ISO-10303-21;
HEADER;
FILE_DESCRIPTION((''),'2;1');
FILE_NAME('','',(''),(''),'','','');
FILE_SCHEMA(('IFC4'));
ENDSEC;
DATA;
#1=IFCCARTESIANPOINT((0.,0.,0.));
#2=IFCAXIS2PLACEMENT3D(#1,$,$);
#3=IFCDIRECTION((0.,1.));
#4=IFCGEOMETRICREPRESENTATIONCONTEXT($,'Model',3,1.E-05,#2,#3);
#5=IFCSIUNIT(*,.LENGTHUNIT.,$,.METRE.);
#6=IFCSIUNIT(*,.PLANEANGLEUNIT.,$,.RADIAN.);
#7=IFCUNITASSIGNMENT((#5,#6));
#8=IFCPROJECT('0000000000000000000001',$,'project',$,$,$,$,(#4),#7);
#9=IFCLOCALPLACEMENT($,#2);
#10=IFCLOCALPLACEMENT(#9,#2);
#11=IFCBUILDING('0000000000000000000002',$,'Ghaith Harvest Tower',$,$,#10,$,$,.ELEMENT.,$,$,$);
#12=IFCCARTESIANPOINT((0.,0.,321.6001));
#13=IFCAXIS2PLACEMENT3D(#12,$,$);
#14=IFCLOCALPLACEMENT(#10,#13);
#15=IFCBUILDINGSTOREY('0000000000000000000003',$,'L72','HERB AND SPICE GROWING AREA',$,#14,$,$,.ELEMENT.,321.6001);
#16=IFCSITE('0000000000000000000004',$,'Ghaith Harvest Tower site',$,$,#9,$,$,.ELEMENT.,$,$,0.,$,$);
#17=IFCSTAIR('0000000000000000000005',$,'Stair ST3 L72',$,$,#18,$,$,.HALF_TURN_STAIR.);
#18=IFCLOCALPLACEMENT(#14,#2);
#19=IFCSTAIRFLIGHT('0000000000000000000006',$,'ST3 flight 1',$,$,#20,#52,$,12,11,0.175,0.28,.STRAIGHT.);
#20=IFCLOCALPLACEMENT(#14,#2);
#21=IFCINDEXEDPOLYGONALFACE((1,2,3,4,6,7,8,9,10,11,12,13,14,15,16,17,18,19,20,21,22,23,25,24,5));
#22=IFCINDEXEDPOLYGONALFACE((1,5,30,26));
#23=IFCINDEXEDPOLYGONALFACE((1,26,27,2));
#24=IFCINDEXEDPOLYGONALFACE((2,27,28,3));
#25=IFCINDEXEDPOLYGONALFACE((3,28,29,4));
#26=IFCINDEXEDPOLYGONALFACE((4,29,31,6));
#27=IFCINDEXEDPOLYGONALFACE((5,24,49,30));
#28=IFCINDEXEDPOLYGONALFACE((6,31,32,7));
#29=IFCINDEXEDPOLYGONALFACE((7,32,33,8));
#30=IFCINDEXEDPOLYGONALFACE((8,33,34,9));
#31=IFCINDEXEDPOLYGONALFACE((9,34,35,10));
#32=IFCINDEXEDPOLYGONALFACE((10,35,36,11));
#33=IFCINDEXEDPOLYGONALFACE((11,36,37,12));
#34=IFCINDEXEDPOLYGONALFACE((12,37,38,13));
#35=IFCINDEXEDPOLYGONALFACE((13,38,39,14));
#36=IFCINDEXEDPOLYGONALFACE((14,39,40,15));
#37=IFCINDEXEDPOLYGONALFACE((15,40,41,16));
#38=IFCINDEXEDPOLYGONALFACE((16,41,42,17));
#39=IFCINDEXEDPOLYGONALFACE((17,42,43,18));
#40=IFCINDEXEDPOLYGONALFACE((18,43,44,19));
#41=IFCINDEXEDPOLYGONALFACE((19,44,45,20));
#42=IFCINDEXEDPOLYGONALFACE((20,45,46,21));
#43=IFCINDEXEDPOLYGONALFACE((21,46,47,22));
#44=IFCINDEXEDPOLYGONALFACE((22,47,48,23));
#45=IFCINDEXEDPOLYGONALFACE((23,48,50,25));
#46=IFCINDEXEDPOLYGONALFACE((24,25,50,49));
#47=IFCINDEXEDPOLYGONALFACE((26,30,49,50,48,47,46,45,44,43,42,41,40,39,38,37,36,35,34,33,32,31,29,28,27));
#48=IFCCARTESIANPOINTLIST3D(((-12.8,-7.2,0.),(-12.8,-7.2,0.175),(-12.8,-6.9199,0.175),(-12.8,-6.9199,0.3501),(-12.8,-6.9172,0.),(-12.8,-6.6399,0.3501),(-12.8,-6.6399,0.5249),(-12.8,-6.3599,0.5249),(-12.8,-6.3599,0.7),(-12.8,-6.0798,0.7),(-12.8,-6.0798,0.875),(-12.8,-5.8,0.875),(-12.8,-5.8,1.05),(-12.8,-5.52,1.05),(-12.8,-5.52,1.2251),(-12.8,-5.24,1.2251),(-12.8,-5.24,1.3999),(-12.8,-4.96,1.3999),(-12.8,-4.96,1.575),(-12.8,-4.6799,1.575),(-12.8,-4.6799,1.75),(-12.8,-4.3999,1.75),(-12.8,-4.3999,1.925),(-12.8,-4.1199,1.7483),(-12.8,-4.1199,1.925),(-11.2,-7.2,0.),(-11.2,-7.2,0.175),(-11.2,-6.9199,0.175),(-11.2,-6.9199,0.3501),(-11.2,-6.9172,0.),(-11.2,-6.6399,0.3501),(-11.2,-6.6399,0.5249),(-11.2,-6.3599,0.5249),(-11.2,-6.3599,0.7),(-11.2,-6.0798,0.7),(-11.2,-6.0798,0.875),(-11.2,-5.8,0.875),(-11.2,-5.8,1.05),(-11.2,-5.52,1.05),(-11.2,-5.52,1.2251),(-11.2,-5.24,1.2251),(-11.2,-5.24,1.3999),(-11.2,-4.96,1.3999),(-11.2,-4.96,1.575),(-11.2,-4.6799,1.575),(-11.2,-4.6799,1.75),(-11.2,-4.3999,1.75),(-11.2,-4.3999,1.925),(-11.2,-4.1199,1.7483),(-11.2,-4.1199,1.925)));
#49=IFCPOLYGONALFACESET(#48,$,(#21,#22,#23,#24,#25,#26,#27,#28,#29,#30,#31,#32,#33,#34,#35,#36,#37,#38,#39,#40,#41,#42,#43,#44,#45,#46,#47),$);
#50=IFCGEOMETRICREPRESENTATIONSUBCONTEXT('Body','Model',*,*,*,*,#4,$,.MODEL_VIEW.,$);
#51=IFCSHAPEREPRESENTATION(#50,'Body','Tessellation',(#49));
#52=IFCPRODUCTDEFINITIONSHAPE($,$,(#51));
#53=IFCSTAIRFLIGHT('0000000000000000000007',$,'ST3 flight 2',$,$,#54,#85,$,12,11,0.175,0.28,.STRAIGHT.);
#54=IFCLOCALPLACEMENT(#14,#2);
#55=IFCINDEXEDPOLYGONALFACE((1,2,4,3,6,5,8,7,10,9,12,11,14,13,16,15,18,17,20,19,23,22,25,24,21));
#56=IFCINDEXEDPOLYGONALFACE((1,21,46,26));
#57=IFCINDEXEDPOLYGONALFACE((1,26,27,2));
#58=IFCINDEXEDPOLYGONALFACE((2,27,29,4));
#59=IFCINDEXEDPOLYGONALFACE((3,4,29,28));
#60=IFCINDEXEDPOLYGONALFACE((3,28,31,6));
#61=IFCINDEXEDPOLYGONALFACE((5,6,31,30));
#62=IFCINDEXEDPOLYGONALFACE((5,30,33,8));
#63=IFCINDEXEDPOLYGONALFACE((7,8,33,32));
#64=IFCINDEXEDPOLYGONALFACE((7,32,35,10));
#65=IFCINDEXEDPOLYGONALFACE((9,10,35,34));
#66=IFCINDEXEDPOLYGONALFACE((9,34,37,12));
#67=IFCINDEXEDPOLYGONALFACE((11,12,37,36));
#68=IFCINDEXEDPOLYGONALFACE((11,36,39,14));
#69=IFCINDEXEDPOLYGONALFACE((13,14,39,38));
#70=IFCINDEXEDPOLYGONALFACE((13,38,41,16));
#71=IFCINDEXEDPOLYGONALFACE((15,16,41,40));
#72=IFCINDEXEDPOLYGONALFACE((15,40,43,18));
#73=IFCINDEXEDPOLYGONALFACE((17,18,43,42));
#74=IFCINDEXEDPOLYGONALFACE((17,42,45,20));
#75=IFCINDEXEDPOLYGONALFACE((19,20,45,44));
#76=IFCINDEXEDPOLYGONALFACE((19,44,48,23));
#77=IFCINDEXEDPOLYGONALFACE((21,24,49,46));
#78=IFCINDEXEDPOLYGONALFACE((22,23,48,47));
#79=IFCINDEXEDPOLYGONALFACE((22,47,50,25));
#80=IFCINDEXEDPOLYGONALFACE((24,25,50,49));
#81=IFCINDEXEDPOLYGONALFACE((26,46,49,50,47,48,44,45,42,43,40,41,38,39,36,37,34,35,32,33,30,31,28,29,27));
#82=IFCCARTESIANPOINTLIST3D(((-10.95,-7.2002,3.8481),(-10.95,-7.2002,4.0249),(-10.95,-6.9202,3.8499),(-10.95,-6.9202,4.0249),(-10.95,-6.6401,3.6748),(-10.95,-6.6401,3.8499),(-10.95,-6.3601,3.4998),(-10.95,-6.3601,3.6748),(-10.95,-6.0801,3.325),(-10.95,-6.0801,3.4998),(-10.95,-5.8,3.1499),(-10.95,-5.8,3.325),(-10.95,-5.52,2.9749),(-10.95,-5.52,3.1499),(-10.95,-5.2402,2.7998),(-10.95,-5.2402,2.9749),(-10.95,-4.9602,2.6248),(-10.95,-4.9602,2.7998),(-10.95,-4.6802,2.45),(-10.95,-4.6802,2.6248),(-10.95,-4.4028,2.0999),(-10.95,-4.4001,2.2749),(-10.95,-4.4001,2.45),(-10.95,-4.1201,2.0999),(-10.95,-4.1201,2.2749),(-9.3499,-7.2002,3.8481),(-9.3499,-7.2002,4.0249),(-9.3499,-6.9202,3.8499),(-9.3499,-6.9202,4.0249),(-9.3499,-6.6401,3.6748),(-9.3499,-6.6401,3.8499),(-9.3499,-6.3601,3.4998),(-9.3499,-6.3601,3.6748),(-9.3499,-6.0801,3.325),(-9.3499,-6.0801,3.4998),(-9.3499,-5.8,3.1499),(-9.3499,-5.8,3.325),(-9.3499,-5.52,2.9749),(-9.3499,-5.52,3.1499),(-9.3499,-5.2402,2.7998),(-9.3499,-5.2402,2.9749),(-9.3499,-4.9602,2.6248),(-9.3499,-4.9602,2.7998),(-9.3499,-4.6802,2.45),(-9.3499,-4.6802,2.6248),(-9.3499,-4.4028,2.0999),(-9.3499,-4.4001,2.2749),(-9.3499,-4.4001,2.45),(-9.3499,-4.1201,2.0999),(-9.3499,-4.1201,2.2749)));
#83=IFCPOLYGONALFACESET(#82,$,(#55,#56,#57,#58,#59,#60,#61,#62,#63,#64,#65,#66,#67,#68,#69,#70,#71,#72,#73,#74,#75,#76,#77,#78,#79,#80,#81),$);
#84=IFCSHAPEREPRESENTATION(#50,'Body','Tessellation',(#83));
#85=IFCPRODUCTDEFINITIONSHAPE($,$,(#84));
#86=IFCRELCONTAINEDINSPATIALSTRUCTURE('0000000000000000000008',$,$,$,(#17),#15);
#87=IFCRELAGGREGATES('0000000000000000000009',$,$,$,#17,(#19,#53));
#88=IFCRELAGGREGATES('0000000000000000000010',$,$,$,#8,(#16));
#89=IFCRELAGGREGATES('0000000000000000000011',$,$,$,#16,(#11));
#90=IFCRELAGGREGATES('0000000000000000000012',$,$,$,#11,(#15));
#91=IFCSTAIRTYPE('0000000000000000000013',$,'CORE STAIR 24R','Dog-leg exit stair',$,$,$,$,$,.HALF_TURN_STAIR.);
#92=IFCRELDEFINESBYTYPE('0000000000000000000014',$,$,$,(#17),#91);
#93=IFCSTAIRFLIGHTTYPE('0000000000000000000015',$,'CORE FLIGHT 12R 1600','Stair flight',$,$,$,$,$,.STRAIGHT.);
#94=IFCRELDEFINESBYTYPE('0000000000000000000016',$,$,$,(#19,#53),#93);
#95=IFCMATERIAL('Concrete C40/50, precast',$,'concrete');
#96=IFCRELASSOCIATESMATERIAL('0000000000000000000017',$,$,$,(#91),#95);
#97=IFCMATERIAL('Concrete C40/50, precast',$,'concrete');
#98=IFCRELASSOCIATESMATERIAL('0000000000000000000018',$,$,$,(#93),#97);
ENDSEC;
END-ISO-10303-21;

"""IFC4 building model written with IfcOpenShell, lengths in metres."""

from ifc_helpers import new_model, si_unit, direction, frame, origin, place, context, subcontext, project, spatial, polyline, outline, extrude, material, type_object, element, aggregate, save


model = new_model("IFC4")

# Units and contexts
model_context = context("Model", 3, precision=1e-05, world=origin(), true_north=direction((0.0, 1.0)))
body_context = subcontext(model_context, "Body", "Model", "MODEL_VIEW")
ifc_project = project(units=[si_unit("LENGTHUNIT", "METRE"), si_unit("PLANEANGLEUNIT", "RADIAN")], contexts=[model_context])

# Site, building, storey
site_placement = place(None, origin())
site = spatial("IfcSite", under=ifc_project, at=site_placement, Name="Ghaith Harvest Tower site", CompositionType="ELEMENT", RefElevation=0.0)
building_placement = place(site_placement, origin())
building = spatial("IfcBuilding", under=site, at=building_placement, Name="Ghaith Harvest Tower", CompositionType="ELEMENT")
storey_placement = place(building_placement, frame((0.0, 0.0, 321.6001)))
storey = spatial("IfcBuildingStorey", under=building, at=storey_placement, Name="L72", Description="HERB AND SPICE GROWING AREA", CompositionType="ELEMENT", Elevation=321.6001)

# Stair, stair flights
ifc_material_1 = material(Name="Concrete C40/50, precast", Category="concrete")
stair_type = type_object("IfcStairType", Name="CORE STAIR 24R", Description="Dog-leg exit stair", PredefinedType="HALF_TURN_STAIR", material=ifc_material_1)
stair_placement = place(storey_placement, origin())
stair = element("IfcStair", 1, at=stair_placement, inside=storey, type_object=stair_type, Name="Stair ST3 L72", PredefinedType="HALF_TURN_STAIR")
ifc_material_2 = material(Name="Concrete C40/50, precast", Category="concrete")
stair_flight_type = type_object("IfcStairFlightType", Name="CORE FLIGHT 12R 1600", Description="Stair flight", PredefinedType="STRAIGHT", material=ifc_material_2)
stair_flight_1_placement = place(storey_placement, frame((-12.0, -7.2, 0.0), z_axis=(0.0, 0.0, 1.0), x_axis=(0.0, 1.0, 0.0)))
stair_flight_1 = element("IfcStairFlight", 2, at=stair_flight_1_placement, type_object=stair_flight_type, Name="ST3 flight 1", NumberOfRisers=12, NumberOfTreads=11, PredefinedType="STRAIGHT", RiserHeight=0.175, TreadLength=0.28, context=body_context, shape_type="SweptSolid", body=[
    extrude(outline(polyline([(0.0, 0.0), (0.0, 0.175), (0.28, 0.175), (0.28, 0.3501), (0.5601, 0.3501), (0.5601, 0.5249), (0.8401, 0.5249), (0.8401, 0.7), (1.1201, 0.7), (1.1201, 0.875), (1.3999, 0.875), (1.3999, 1.05), (1.6799, 1.05), (1.6799, 1.2251), (1.96, 1.2251), (1.96, 1.3999), (2.24, 1.3999), (2.24, 1.575), (2.52, 1.575), (2.52, 1.75), (2.8, 1.75), (2.8, 1.925), (3.0801, 1.925), (3.0801, 2.1001), (3.0801, 1.7483), (0.2827, 0.0), (0.0, 0.0)])), frame((0.0, 0.8, 0.0), z_axis=(0.0, -1.0, 0.0), x_axis=(1.0, 0.0, 0.0)), (0.0, 0.0, 1.0), 1.6001),
])
stair_flight_2_placement = place(storey_placement, frame((-10.1499, -4.1201, 2.0999), z_axis=(0.0, 0.0, 1.0), x_axis=(0.0, -1.0, 0.0)))
stair_flight_2 = element("IfcStairFlight", 3, at=stair_flight_2_placement, type_object=stair_flight_type, Name="ST3 flight 2", NumberOfRisers=12, NumberOfTreads=11, PredefinedType="STRAIGHT", RiserHeight=0.175, TreadLength=0.28, context=body_context, shape_type="SweptSolid", body=[
    extrude(outline(polyline([(0.0, 0.0), (0.0, 0.175), (0.28, 0.175), (0.28, 0.3501), (0.5601, 0.3501), (0.5601, 0.5249), (0.8401, 0.5249), (0.8401, 0.7), (1.1201, 0.7), (1.1201, 0.875), (1.3999, 0.875), (1.3999, 1.05), (1.6799, 1.05), (1.6799, 1.2251), (1.96, 1.2251), (1.96, 1.3999), (2.24, 1.3999), (2.24, 1.575), (2.52, 1.575), (2.52, 1.75), (2.8, 1.75), (2.8, 1.925), (3.0801, 1.925), (3.0801, 2.1001), (3.0801, 1.7483), (0.2827, 0.0), (0.0, 0.0)])), frame((0.0, 0.8, 0.0), z_axis=(0.0, -1.0, 0.0), x_axis=(1.0, 0.0, 0.0)), (0.0, 0.0, 1.0), 1.6001),
])
aggregate(stair, [stair_flight_1, stair_flight_2])

save(model, "model.ifc")
